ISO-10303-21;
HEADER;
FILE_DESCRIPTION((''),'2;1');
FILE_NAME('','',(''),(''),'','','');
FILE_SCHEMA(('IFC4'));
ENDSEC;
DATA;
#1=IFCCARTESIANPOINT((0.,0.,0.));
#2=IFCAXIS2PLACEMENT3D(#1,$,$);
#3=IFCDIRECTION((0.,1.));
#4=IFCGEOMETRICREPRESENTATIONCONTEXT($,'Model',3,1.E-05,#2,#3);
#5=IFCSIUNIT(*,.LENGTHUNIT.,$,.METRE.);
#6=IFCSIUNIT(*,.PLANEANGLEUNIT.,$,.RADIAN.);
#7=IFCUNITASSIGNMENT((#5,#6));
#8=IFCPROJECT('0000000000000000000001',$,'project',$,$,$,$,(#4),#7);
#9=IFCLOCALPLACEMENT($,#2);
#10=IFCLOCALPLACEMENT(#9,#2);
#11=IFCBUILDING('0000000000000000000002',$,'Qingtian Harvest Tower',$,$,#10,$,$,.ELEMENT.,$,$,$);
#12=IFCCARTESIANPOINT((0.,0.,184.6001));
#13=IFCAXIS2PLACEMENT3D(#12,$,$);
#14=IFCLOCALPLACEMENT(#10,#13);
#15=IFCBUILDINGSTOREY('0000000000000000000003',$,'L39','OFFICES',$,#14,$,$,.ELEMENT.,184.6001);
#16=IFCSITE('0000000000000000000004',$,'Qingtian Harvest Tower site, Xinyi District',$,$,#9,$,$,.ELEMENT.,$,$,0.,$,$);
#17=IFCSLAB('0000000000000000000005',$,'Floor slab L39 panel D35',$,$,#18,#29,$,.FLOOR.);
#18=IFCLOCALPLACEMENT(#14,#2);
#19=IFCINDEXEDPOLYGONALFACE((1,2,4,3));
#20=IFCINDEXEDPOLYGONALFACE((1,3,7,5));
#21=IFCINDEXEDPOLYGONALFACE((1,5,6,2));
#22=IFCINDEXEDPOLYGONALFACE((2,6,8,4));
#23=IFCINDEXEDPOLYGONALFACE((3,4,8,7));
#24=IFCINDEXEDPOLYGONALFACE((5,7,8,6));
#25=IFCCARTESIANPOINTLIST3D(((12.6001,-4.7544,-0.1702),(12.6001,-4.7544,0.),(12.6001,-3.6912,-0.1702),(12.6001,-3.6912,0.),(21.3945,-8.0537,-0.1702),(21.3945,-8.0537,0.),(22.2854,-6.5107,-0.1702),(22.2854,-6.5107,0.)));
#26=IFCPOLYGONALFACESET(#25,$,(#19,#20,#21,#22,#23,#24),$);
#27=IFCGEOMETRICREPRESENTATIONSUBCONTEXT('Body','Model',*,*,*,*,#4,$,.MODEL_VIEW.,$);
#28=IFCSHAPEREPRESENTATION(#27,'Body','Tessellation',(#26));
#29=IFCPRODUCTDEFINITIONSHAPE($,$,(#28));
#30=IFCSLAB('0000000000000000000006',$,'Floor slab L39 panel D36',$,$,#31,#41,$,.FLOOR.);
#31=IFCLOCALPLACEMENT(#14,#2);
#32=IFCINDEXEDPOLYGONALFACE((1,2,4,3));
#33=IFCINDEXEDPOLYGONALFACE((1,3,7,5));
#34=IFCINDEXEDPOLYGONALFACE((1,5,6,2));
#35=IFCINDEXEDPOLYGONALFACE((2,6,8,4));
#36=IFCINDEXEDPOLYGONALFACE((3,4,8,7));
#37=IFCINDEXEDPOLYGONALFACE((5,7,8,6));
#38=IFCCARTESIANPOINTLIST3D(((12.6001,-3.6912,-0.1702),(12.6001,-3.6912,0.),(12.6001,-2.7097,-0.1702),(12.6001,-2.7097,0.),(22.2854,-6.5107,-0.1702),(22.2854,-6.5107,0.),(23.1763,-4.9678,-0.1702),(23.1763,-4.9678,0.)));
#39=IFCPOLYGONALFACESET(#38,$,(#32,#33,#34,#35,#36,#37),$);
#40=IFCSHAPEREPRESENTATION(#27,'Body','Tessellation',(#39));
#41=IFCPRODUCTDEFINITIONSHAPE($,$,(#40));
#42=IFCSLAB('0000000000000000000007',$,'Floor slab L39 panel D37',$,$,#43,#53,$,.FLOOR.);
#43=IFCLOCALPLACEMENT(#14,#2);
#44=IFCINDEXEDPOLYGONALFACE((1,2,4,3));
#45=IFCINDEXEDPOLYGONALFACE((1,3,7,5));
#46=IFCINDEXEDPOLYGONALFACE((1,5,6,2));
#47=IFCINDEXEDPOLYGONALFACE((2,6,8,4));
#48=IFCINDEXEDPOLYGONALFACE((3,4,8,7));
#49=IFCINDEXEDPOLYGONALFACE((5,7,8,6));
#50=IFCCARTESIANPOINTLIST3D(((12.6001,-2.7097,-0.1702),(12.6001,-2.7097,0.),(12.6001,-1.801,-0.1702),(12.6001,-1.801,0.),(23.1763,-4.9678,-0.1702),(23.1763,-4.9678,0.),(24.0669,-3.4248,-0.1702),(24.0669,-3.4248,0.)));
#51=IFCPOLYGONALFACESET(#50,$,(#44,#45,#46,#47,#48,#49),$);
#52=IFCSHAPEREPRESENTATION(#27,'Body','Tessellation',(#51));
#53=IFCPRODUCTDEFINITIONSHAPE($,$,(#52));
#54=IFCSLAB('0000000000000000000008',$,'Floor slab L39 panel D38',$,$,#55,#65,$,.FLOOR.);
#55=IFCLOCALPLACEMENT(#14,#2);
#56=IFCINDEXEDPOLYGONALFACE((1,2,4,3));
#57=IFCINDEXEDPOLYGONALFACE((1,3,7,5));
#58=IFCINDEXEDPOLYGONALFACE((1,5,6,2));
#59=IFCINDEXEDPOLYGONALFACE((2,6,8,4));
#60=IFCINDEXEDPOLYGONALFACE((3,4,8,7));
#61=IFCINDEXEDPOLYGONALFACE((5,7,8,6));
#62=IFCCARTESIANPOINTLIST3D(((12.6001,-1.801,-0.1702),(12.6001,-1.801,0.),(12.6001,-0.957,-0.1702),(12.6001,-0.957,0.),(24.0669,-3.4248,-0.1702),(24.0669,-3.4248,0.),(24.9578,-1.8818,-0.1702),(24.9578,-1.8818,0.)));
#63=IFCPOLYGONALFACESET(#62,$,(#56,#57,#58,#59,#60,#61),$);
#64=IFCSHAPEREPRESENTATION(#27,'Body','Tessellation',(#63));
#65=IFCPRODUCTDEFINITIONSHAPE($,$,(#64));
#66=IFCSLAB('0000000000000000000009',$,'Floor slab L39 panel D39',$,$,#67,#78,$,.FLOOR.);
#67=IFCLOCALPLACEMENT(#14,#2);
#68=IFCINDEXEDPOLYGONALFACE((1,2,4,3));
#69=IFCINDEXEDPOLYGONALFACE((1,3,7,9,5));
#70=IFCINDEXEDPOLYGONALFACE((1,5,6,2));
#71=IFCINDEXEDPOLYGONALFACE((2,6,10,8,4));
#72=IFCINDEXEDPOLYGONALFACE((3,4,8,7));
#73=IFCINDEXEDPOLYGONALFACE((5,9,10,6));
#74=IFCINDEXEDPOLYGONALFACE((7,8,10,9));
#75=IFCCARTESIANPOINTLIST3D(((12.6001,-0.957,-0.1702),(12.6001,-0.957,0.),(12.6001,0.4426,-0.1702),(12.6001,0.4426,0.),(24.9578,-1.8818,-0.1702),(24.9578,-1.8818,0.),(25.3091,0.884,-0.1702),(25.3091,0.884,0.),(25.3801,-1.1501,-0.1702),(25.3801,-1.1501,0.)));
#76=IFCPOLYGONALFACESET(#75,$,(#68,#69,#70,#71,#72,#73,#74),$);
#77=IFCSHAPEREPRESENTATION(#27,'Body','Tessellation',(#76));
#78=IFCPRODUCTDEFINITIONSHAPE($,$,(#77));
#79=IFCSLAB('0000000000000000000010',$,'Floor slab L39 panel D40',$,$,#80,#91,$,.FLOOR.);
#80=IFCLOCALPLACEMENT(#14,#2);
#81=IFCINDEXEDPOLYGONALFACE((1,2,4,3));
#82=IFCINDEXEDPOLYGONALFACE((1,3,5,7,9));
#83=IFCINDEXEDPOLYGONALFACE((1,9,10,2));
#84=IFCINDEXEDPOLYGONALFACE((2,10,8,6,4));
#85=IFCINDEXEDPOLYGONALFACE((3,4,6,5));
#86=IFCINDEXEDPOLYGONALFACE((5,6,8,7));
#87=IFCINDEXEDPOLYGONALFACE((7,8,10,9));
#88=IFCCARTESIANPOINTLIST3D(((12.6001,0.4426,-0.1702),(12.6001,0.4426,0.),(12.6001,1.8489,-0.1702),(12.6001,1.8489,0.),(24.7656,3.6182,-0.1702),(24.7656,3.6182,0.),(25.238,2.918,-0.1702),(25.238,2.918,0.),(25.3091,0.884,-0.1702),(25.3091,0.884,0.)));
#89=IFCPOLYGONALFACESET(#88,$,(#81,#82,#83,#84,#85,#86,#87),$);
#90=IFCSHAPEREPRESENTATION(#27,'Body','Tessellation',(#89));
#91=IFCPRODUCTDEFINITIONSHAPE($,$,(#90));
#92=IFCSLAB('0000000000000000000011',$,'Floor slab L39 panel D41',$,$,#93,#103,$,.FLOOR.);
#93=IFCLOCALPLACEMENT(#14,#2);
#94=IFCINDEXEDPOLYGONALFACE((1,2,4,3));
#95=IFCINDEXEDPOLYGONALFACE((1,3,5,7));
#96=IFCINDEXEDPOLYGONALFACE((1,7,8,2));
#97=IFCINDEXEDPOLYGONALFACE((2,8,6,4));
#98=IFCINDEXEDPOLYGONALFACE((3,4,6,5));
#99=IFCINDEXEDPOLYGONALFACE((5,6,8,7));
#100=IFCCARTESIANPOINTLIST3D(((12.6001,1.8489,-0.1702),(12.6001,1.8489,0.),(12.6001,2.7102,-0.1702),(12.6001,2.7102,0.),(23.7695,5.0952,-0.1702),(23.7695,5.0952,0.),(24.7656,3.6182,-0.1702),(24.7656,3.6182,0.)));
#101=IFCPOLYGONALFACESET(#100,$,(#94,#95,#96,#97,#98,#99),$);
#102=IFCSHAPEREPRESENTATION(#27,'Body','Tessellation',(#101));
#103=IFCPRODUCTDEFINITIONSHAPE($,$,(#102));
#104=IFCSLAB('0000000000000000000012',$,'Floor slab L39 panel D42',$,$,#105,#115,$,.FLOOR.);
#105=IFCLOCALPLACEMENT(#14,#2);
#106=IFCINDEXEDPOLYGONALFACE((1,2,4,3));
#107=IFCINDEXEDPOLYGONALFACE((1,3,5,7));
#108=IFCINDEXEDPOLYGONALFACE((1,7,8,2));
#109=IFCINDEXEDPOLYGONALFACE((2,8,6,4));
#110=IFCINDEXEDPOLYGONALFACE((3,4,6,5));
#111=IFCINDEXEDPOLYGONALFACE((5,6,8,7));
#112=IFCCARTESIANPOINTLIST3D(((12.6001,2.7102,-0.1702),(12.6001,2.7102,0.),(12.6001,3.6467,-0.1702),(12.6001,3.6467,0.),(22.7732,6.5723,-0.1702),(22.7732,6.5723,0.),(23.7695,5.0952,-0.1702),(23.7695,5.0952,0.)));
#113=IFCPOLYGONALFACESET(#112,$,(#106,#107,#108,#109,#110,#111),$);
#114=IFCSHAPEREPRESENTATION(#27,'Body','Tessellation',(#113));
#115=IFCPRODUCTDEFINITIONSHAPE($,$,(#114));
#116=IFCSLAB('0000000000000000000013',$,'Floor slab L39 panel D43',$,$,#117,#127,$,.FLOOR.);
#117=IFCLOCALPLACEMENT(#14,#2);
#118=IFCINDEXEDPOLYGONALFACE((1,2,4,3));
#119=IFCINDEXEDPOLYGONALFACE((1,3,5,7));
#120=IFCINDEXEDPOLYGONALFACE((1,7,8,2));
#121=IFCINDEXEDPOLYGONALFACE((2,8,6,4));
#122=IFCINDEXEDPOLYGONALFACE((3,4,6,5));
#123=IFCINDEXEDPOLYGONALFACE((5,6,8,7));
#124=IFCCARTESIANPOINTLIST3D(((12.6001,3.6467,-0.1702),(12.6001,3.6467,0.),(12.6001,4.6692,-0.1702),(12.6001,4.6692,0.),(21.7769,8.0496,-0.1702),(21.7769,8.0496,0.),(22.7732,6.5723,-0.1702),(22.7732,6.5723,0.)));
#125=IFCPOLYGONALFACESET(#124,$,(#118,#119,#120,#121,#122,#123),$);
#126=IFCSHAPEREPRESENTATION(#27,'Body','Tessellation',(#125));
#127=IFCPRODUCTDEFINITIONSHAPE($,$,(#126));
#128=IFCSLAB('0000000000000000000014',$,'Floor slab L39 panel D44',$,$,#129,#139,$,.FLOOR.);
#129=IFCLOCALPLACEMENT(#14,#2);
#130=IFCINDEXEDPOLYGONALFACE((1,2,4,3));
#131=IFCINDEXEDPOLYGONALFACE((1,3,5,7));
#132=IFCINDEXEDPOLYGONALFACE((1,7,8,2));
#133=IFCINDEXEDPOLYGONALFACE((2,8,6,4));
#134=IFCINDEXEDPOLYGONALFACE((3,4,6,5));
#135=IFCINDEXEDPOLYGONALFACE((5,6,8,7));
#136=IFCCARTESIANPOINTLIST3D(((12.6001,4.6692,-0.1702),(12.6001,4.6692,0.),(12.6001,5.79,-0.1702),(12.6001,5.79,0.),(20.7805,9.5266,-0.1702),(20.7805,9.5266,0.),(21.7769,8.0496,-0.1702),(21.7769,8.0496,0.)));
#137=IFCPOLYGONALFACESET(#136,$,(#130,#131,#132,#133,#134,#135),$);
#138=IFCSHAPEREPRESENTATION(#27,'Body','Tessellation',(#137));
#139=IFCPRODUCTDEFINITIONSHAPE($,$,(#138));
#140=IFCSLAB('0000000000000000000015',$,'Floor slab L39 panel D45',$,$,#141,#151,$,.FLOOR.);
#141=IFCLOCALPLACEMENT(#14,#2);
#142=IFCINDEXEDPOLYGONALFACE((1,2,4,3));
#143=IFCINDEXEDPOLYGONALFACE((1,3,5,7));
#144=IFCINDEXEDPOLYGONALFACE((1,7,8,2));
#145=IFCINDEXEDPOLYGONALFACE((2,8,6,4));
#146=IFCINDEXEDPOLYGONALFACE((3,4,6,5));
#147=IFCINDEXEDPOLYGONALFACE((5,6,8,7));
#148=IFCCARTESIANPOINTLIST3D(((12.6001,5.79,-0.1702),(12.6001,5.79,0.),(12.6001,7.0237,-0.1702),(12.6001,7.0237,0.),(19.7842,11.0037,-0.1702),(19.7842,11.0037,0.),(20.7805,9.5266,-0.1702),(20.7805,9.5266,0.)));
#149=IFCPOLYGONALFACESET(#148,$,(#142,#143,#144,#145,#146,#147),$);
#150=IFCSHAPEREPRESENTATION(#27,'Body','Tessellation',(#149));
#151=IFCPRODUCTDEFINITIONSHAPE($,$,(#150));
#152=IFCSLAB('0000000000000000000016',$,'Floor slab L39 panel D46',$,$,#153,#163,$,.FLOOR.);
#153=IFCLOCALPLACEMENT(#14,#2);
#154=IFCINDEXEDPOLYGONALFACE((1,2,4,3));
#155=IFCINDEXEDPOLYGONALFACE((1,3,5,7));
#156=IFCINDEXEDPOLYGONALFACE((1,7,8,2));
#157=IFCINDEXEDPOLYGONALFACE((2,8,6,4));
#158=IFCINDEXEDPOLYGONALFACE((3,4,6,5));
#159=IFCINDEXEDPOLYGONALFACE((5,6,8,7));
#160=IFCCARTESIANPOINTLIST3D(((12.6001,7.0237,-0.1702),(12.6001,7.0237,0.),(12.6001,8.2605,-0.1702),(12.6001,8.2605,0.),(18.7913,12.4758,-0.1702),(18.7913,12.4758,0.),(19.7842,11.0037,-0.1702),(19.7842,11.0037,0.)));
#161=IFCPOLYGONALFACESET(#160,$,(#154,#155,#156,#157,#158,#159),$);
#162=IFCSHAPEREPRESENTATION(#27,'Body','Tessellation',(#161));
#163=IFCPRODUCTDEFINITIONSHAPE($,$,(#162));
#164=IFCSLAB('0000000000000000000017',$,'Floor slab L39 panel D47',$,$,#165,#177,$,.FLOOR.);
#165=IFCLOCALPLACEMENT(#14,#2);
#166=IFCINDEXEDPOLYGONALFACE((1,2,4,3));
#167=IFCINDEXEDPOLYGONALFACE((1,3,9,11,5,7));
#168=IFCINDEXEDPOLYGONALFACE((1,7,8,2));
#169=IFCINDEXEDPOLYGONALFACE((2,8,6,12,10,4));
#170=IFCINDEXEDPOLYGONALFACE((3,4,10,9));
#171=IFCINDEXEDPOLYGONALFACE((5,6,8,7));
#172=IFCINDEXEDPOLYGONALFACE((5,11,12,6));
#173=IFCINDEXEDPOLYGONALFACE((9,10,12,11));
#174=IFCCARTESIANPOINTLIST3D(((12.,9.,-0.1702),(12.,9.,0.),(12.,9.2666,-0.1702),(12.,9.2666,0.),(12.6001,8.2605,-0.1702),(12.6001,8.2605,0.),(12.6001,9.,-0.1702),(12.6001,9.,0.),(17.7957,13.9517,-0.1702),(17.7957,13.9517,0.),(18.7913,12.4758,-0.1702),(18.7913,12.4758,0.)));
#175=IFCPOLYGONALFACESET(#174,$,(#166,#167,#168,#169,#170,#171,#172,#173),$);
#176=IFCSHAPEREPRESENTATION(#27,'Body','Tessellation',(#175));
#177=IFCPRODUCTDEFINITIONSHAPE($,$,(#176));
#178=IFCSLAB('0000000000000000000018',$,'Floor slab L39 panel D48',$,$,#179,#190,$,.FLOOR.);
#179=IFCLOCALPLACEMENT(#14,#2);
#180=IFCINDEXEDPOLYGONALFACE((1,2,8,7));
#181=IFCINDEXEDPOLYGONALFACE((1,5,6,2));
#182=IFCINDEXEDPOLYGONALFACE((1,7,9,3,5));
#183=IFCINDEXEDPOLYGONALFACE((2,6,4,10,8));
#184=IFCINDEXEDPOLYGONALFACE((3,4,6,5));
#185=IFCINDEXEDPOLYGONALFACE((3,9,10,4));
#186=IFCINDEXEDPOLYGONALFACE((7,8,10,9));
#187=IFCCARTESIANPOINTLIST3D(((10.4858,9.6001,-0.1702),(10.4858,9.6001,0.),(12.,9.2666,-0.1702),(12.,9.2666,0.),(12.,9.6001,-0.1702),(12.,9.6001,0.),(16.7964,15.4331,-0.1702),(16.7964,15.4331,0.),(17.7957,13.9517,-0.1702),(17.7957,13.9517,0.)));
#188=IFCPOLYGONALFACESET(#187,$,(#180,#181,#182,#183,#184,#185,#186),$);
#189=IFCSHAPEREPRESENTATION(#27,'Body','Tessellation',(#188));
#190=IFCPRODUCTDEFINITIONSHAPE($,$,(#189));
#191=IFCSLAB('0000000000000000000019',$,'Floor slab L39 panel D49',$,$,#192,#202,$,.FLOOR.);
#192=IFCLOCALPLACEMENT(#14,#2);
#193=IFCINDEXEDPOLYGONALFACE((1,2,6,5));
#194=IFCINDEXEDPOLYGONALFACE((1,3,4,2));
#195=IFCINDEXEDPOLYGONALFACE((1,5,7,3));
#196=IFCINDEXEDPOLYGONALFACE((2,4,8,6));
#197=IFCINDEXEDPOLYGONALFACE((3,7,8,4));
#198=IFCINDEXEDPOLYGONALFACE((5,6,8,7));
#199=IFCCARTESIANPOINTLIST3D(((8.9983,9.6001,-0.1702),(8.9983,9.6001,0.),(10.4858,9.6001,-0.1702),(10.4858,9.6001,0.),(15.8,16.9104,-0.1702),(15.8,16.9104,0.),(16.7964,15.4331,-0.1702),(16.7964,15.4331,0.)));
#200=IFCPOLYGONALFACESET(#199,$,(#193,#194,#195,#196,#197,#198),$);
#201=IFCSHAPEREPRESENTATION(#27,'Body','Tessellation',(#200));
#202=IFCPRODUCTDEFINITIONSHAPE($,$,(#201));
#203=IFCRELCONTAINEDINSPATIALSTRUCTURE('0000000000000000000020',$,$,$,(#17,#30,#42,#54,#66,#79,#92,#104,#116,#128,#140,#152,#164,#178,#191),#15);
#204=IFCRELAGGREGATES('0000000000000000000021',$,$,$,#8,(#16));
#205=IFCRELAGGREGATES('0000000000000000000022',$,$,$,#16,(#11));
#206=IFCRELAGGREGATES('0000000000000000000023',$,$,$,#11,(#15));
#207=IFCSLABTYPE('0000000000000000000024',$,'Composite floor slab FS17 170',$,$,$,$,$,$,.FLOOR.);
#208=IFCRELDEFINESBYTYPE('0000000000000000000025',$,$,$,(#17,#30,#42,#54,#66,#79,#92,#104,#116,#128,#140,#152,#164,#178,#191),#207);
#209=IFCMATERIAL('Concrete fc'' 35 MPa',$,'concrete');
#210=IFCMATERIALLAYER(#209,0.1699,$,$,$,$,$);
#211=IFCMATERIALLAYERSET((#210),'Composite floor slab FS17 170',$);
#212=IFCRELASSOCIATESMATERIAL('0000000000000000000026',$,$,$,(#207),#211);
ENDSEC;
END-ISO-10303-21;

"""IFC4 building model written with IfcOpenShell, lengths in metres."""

from ifc_helpers import new_model, si_unit, direction, frame, origin, place, context, subcontext, project, spatial, polyline, outline, extrude, material, layer, layer_set, type_object, element, save


model = new_model("IFC4")

# Units and contexts
model_context = context("Model", 3, precision=1e-05, world=origin(), true_north=direction((0.0, 1.0)))
body_context = subcontext(model_context, "Body", "Model", "MODEL_VIEW")
ifc_project = project(units=[si_unit("LENGTHUNIT", "METRE"), si_unit("PLANEANGLEUNIT", "RADIAN")], contexts=[model_context])

# Site, building, storey
site_placement = place(None, origin())
site = spatial("IfcSite", under=ifc_project, at=site_placement, Name="Qingtian Harvest Tower site, Xinyi District", CompositionType="ELEMENT", RefElevation=0.0)
building_placement = place(site_placement, origin())
building = spatial("IfcBuilding", under=site, at=building_placement, Name="Qingtian Harvest Tower", CompositionType="ELEMENT")
storey_placement = place(building_placement, frame((0.0, 0.0, 184.6001)))
storey = spatial("IfcBuildingStorey", under=building, at=storey_placement, Name="L39", Description="OFFICES", CompositionType="ELEMENT", Elevation=184.6001)

# Slabs
ifc_material_1 = material(Name="Concrete fc' 35 MPa", Category="concrete")
ifc_layer_1 = layer(ifc_material_1, 0.1699)
ifc_layer_set_1 = layer_set([ifc_layer_1], Name="Composite floor slab FS17 170")
slab_type = type_object("IfcSlabType", Name="Composite floor slab FS17 170", PredefinedType="FLOOR", material=ifc_layer_set_1)
slab_1_placement = place(storey_placement, frame((0.0, 0.0, -0.1702)))
element("IfcSlab", 1, at=slab_1_placement, inside=storey, type_object=slab_type, Name="Floor slab L39 panel D35", PredefinedType="FLOOR", context=body_context, shape_type="SweptSolid", body=[
    extrude(outline(polyline([(12.6001, -3.6912), (22.2854, -6.5107), (21.3945, -8.0537), (12.6001, -4.7544), (12.6001, -3.6912)])), origin(), (0.0, 0.0, 1.0), 0.1702),
])
slab_2_placement = place(storey_placement, frame((0.0, 0.0, -0.1702)))
element("IfcSlab", 2, at=slab_2_placement, inside=storey, type_object=slab_type, Name="Floor slab L39 panel D36", PredefinedType="FLOOR", context=body_context, shape_type="SweptSolid", body=[
    extrude(outline(polyline([(12.6001, -2.7097), (23.1763, -4.9678), (22.2854, -6.5107), (12.6001, -3.6912), (12.6001, -2.7097)])), origin(), (0.0, 0.0, 1.0), 0.1702),
])
slab_3_placement = place(storey_placement, frame((0.0, 0.0, -0.1702)))
element("IfcSlab", 3, at=slab_3_placement, inside=storey, type_object=slab_type, Name="Floor slab L39 panel D37", PredefinedType="FLOOR", context=body_context, shape_type="SweptSolid", body=[
    extrude(outline(polyline([(12.6001, -1.801), (24.0669, -3.4248), (23.1763, -4.9678), (12.6001, -2.7097), (12.6001, -1.801)])), origin(), (0.0, 0.0, 1.0), 0.1702),
])
slab_4_placement = place(storey_placement, frame((0.0, 0.0, -0.1702)))
element("IfcSlab", 4, at=slab_4_placement, inside=storey, type_object=slab_type, Name="Floor slab L39 panel D38", PredefinedType="FLOOR", context=body_context, shape_type="SweptSolid", body=[
    extrude(outline(polyline([(12.6001, -0.957), (24.9578, -1.8818), (24.0669, -3.4248), (12.6001, -1.801), (12.6001, -0.957)])), origin(), (0.0, 0.0, 1.0), 0.1702),
])
slab_5_placement = place(storey_placement, frame((0.0, 0.0, -0.1702)))
element("IfcSlab", 5, at=slab_5_placement, inside=storey, type_object=slab_type, Name="Floor slab L39 panel D39", PredefinedType="FLOOR", context=body_context, shape_type="SweptSolid", body=[
    extrude(outline(polyline([(12.6001, -0.957), (12.6001, 0.4426), (25.3091, 0.884), (25.3801, -1.1501), (24.9578, -1.8818), (12.6001, -0.957)])), origin(), (0.0, 0.0, 1.0), 0.1702),
])
slab_6_placement = place(storey_placement, frame((0.0, 0.0, -0.1702)))
element("IfcSlab", 6, at=slab_6_placement, inside=storey, type_object=slab_type, Name="Floor slab L39 panel D40", PredefinedType="FLOOR", context=body_context, shape_type="SweptSolid", body=[
    extrude(outline(polyline([(12.6001, 0.4426), (12.6001, 1.8489), (24.7656, 3.6182), (25.238, 2.918), (25.3091, 0.884), (12.6001, 0.4426)])), origin(), (0.0, 0.0, 1.0), 0.1702),
])
slab_7_placement = place(storey_placement, frame((0.0, 0.0, -0.1702)))
element("IfcSlab", 7, at=slab_7_placement, inside=storey, type_object=slab_type, Name="Floor slab L39 panel D41", PredefinedType="FLOOR", context=body_context, shape_type="SweptSolid", body=[
    extrude(outline(polyline([(12.6001, 2.7102), (23.7695, 5.0952), (24.7656, 3.6182), (12.6001, 1.8489), (12.6001, 2.7102)])), origin(), (0.0, 0.0, 1.0), 0.1702),
])
slab_8_placement = place(storey_placement, frame((0.0, 0.0, -0.1702)))
element("IfcSlab", 8, at=slab_8_placement, inside=storey, type_object=slab_type, Name="Floor slab L39 panel D42", PredefinedType="FLOOR", context=body_context, shape_type="SweptSolid", body=[
    extrude(outline(polyline([(12.6001, 3.6467), (22.7732, 6.5723), (23.7695, 5.0952), (12.6001, 2.7102), (12.6001, 3.6467)])), origin(), (0.0, 0.0, 1.0), 0.1702),
])
slab_9_placement = place(storey_placement, frame((0.0, 0.0, -0.1702)))
element("IfcSlab", 9, at=slab_9_placement, inside=storey, type_object=slab_type, Name="Floor slab L39 panel D43", PredefinedType="FLOOR", context=body_context, shape_type="SweptSolid", body=[
    extrude(outline(polyline([(12.6001, 4.6692), (21.7769, 8.0496), (22.7732, 6.5723), (12.6001, 3.6467), (12.6001, 4.6692)])), origin(), (0.0, 0.0, 1.0), 0.1702),
])
slab_10_placement = place(storey_placement, frame((0.0, 0.0, -0.1702)))
element("IfcSlab", 10, at=slab_10_placement, inside=storey, type_object=slab_type, Name="Floor slab L39 panel D44", PredefinedType="FLOOR", context=body_context, shape_type="SweptSolid", body=[
    extrude(outline(polyline([(12.6001, 5.79), (20.7805, 9.5266), (21.7769, 8.0496), (12.6001, 4.6692), (12.6001, 5.79)])), origin(), (0.0, 0.0, 1.0), 0.1702),
])
slab_11_placement = place(storey_placement, frame((0.0, 0.0, -0.1702)))
element("IfcSlab", 11, at=slab_11_placement, inside=storey, type_object=slab_type, Name="Floor slab L39 panel D45", PredefinedType="FLOOR", context=body_context, shape_type="SweptSolid", body=[
    extrude(outline(polyline([(12.6001, 7.0237), (19.7842, 11.0037), (20.7805, 9.5266), (12.6001, 5.79), (12.6001, 7.0237)])), origin(), (0.0, 0.0, 1.0), 0.1702),
])
slab_12_placement = place(storey_placement, frame((0.0, 0.0, -0.1702)))
element("IfcSlab", 12, at=slab_12_placement, inside=storey, type_object=slab_type, Name="Floor slab L39 panel D46", PredefinedType="FLOOR", context=body_context, shape_type="SweptSolid", body=[
    extrude(outline(polyline([(12.6001, 8.2605), (18.7913, 12.4758), (19.7842, 11.0037), (12.6001, 7.0237), (12.6001, 8.2605)])), origin(), (0.0, 0.0, 1.0), 0.1702),
])
slab_13_placement = place(storey_placement, frame((0.0, 0.0, -0.1702)))
element("IfcSlab", 13, at=slab_13_placement, inside=storey, type_object=slab_type, Name="Floor slab L39 panel D47", PredefinedType="FLOOR", context=body_context, shape_type="SweptSolid", body=[
    extrude(outline(polyline([(12.6001, 9.0), (12.0, 9.0), (12.0, 9.2666), (17.7957, 13.9517), (18.7913, 12.4758), (12.6001, 8.2605), (12.6001, 9.0)])), origin(), (0.0, 0.0, 1.0), 0.1702),
])
slab_14_placement = place(storey_placement, frame((0.0, 0.0, -0.1702)))
element("IfcSlab", 14, at=slab_14_placement, inside=storey, type_object=slab_type, Name="Floor slab L39 panel D48", PredefinedType="FLOOR", context=body_context, shape_type="SweptSolid", body=[
    extrude(outline(polyline([(12.0, 9.6001), (10.4858, 9.6001), (16.7964, 15.4331), (17.7957, 13.9517), (12.0, 9.2666), (12.0, 9.6001)])), origin(), (0.0, 0.0, 1.0), 0.1702),
])
slab_15_placement = place(storey_placement, frame((0.0, 0.0, -0.1702)))
element("IfcSlab", 15, at=slab_15_placement, inside=storey, type_object=slab_type, Name="Floor slab L39 panel D49", PredefinedType="FLOOR", context=body_context, shape_type="SweptSolid", body=[
    extrude(outline(polyline([(8.9983, 9.6001), (15.8, 16.9104), (16.7964, 15.4331), (10.4858, 9.6001), (8.9983, 9.6001)])), origin(), (0.0, 0.0, 1.0), 0.1702),
])

save(model, "model.ifc")
